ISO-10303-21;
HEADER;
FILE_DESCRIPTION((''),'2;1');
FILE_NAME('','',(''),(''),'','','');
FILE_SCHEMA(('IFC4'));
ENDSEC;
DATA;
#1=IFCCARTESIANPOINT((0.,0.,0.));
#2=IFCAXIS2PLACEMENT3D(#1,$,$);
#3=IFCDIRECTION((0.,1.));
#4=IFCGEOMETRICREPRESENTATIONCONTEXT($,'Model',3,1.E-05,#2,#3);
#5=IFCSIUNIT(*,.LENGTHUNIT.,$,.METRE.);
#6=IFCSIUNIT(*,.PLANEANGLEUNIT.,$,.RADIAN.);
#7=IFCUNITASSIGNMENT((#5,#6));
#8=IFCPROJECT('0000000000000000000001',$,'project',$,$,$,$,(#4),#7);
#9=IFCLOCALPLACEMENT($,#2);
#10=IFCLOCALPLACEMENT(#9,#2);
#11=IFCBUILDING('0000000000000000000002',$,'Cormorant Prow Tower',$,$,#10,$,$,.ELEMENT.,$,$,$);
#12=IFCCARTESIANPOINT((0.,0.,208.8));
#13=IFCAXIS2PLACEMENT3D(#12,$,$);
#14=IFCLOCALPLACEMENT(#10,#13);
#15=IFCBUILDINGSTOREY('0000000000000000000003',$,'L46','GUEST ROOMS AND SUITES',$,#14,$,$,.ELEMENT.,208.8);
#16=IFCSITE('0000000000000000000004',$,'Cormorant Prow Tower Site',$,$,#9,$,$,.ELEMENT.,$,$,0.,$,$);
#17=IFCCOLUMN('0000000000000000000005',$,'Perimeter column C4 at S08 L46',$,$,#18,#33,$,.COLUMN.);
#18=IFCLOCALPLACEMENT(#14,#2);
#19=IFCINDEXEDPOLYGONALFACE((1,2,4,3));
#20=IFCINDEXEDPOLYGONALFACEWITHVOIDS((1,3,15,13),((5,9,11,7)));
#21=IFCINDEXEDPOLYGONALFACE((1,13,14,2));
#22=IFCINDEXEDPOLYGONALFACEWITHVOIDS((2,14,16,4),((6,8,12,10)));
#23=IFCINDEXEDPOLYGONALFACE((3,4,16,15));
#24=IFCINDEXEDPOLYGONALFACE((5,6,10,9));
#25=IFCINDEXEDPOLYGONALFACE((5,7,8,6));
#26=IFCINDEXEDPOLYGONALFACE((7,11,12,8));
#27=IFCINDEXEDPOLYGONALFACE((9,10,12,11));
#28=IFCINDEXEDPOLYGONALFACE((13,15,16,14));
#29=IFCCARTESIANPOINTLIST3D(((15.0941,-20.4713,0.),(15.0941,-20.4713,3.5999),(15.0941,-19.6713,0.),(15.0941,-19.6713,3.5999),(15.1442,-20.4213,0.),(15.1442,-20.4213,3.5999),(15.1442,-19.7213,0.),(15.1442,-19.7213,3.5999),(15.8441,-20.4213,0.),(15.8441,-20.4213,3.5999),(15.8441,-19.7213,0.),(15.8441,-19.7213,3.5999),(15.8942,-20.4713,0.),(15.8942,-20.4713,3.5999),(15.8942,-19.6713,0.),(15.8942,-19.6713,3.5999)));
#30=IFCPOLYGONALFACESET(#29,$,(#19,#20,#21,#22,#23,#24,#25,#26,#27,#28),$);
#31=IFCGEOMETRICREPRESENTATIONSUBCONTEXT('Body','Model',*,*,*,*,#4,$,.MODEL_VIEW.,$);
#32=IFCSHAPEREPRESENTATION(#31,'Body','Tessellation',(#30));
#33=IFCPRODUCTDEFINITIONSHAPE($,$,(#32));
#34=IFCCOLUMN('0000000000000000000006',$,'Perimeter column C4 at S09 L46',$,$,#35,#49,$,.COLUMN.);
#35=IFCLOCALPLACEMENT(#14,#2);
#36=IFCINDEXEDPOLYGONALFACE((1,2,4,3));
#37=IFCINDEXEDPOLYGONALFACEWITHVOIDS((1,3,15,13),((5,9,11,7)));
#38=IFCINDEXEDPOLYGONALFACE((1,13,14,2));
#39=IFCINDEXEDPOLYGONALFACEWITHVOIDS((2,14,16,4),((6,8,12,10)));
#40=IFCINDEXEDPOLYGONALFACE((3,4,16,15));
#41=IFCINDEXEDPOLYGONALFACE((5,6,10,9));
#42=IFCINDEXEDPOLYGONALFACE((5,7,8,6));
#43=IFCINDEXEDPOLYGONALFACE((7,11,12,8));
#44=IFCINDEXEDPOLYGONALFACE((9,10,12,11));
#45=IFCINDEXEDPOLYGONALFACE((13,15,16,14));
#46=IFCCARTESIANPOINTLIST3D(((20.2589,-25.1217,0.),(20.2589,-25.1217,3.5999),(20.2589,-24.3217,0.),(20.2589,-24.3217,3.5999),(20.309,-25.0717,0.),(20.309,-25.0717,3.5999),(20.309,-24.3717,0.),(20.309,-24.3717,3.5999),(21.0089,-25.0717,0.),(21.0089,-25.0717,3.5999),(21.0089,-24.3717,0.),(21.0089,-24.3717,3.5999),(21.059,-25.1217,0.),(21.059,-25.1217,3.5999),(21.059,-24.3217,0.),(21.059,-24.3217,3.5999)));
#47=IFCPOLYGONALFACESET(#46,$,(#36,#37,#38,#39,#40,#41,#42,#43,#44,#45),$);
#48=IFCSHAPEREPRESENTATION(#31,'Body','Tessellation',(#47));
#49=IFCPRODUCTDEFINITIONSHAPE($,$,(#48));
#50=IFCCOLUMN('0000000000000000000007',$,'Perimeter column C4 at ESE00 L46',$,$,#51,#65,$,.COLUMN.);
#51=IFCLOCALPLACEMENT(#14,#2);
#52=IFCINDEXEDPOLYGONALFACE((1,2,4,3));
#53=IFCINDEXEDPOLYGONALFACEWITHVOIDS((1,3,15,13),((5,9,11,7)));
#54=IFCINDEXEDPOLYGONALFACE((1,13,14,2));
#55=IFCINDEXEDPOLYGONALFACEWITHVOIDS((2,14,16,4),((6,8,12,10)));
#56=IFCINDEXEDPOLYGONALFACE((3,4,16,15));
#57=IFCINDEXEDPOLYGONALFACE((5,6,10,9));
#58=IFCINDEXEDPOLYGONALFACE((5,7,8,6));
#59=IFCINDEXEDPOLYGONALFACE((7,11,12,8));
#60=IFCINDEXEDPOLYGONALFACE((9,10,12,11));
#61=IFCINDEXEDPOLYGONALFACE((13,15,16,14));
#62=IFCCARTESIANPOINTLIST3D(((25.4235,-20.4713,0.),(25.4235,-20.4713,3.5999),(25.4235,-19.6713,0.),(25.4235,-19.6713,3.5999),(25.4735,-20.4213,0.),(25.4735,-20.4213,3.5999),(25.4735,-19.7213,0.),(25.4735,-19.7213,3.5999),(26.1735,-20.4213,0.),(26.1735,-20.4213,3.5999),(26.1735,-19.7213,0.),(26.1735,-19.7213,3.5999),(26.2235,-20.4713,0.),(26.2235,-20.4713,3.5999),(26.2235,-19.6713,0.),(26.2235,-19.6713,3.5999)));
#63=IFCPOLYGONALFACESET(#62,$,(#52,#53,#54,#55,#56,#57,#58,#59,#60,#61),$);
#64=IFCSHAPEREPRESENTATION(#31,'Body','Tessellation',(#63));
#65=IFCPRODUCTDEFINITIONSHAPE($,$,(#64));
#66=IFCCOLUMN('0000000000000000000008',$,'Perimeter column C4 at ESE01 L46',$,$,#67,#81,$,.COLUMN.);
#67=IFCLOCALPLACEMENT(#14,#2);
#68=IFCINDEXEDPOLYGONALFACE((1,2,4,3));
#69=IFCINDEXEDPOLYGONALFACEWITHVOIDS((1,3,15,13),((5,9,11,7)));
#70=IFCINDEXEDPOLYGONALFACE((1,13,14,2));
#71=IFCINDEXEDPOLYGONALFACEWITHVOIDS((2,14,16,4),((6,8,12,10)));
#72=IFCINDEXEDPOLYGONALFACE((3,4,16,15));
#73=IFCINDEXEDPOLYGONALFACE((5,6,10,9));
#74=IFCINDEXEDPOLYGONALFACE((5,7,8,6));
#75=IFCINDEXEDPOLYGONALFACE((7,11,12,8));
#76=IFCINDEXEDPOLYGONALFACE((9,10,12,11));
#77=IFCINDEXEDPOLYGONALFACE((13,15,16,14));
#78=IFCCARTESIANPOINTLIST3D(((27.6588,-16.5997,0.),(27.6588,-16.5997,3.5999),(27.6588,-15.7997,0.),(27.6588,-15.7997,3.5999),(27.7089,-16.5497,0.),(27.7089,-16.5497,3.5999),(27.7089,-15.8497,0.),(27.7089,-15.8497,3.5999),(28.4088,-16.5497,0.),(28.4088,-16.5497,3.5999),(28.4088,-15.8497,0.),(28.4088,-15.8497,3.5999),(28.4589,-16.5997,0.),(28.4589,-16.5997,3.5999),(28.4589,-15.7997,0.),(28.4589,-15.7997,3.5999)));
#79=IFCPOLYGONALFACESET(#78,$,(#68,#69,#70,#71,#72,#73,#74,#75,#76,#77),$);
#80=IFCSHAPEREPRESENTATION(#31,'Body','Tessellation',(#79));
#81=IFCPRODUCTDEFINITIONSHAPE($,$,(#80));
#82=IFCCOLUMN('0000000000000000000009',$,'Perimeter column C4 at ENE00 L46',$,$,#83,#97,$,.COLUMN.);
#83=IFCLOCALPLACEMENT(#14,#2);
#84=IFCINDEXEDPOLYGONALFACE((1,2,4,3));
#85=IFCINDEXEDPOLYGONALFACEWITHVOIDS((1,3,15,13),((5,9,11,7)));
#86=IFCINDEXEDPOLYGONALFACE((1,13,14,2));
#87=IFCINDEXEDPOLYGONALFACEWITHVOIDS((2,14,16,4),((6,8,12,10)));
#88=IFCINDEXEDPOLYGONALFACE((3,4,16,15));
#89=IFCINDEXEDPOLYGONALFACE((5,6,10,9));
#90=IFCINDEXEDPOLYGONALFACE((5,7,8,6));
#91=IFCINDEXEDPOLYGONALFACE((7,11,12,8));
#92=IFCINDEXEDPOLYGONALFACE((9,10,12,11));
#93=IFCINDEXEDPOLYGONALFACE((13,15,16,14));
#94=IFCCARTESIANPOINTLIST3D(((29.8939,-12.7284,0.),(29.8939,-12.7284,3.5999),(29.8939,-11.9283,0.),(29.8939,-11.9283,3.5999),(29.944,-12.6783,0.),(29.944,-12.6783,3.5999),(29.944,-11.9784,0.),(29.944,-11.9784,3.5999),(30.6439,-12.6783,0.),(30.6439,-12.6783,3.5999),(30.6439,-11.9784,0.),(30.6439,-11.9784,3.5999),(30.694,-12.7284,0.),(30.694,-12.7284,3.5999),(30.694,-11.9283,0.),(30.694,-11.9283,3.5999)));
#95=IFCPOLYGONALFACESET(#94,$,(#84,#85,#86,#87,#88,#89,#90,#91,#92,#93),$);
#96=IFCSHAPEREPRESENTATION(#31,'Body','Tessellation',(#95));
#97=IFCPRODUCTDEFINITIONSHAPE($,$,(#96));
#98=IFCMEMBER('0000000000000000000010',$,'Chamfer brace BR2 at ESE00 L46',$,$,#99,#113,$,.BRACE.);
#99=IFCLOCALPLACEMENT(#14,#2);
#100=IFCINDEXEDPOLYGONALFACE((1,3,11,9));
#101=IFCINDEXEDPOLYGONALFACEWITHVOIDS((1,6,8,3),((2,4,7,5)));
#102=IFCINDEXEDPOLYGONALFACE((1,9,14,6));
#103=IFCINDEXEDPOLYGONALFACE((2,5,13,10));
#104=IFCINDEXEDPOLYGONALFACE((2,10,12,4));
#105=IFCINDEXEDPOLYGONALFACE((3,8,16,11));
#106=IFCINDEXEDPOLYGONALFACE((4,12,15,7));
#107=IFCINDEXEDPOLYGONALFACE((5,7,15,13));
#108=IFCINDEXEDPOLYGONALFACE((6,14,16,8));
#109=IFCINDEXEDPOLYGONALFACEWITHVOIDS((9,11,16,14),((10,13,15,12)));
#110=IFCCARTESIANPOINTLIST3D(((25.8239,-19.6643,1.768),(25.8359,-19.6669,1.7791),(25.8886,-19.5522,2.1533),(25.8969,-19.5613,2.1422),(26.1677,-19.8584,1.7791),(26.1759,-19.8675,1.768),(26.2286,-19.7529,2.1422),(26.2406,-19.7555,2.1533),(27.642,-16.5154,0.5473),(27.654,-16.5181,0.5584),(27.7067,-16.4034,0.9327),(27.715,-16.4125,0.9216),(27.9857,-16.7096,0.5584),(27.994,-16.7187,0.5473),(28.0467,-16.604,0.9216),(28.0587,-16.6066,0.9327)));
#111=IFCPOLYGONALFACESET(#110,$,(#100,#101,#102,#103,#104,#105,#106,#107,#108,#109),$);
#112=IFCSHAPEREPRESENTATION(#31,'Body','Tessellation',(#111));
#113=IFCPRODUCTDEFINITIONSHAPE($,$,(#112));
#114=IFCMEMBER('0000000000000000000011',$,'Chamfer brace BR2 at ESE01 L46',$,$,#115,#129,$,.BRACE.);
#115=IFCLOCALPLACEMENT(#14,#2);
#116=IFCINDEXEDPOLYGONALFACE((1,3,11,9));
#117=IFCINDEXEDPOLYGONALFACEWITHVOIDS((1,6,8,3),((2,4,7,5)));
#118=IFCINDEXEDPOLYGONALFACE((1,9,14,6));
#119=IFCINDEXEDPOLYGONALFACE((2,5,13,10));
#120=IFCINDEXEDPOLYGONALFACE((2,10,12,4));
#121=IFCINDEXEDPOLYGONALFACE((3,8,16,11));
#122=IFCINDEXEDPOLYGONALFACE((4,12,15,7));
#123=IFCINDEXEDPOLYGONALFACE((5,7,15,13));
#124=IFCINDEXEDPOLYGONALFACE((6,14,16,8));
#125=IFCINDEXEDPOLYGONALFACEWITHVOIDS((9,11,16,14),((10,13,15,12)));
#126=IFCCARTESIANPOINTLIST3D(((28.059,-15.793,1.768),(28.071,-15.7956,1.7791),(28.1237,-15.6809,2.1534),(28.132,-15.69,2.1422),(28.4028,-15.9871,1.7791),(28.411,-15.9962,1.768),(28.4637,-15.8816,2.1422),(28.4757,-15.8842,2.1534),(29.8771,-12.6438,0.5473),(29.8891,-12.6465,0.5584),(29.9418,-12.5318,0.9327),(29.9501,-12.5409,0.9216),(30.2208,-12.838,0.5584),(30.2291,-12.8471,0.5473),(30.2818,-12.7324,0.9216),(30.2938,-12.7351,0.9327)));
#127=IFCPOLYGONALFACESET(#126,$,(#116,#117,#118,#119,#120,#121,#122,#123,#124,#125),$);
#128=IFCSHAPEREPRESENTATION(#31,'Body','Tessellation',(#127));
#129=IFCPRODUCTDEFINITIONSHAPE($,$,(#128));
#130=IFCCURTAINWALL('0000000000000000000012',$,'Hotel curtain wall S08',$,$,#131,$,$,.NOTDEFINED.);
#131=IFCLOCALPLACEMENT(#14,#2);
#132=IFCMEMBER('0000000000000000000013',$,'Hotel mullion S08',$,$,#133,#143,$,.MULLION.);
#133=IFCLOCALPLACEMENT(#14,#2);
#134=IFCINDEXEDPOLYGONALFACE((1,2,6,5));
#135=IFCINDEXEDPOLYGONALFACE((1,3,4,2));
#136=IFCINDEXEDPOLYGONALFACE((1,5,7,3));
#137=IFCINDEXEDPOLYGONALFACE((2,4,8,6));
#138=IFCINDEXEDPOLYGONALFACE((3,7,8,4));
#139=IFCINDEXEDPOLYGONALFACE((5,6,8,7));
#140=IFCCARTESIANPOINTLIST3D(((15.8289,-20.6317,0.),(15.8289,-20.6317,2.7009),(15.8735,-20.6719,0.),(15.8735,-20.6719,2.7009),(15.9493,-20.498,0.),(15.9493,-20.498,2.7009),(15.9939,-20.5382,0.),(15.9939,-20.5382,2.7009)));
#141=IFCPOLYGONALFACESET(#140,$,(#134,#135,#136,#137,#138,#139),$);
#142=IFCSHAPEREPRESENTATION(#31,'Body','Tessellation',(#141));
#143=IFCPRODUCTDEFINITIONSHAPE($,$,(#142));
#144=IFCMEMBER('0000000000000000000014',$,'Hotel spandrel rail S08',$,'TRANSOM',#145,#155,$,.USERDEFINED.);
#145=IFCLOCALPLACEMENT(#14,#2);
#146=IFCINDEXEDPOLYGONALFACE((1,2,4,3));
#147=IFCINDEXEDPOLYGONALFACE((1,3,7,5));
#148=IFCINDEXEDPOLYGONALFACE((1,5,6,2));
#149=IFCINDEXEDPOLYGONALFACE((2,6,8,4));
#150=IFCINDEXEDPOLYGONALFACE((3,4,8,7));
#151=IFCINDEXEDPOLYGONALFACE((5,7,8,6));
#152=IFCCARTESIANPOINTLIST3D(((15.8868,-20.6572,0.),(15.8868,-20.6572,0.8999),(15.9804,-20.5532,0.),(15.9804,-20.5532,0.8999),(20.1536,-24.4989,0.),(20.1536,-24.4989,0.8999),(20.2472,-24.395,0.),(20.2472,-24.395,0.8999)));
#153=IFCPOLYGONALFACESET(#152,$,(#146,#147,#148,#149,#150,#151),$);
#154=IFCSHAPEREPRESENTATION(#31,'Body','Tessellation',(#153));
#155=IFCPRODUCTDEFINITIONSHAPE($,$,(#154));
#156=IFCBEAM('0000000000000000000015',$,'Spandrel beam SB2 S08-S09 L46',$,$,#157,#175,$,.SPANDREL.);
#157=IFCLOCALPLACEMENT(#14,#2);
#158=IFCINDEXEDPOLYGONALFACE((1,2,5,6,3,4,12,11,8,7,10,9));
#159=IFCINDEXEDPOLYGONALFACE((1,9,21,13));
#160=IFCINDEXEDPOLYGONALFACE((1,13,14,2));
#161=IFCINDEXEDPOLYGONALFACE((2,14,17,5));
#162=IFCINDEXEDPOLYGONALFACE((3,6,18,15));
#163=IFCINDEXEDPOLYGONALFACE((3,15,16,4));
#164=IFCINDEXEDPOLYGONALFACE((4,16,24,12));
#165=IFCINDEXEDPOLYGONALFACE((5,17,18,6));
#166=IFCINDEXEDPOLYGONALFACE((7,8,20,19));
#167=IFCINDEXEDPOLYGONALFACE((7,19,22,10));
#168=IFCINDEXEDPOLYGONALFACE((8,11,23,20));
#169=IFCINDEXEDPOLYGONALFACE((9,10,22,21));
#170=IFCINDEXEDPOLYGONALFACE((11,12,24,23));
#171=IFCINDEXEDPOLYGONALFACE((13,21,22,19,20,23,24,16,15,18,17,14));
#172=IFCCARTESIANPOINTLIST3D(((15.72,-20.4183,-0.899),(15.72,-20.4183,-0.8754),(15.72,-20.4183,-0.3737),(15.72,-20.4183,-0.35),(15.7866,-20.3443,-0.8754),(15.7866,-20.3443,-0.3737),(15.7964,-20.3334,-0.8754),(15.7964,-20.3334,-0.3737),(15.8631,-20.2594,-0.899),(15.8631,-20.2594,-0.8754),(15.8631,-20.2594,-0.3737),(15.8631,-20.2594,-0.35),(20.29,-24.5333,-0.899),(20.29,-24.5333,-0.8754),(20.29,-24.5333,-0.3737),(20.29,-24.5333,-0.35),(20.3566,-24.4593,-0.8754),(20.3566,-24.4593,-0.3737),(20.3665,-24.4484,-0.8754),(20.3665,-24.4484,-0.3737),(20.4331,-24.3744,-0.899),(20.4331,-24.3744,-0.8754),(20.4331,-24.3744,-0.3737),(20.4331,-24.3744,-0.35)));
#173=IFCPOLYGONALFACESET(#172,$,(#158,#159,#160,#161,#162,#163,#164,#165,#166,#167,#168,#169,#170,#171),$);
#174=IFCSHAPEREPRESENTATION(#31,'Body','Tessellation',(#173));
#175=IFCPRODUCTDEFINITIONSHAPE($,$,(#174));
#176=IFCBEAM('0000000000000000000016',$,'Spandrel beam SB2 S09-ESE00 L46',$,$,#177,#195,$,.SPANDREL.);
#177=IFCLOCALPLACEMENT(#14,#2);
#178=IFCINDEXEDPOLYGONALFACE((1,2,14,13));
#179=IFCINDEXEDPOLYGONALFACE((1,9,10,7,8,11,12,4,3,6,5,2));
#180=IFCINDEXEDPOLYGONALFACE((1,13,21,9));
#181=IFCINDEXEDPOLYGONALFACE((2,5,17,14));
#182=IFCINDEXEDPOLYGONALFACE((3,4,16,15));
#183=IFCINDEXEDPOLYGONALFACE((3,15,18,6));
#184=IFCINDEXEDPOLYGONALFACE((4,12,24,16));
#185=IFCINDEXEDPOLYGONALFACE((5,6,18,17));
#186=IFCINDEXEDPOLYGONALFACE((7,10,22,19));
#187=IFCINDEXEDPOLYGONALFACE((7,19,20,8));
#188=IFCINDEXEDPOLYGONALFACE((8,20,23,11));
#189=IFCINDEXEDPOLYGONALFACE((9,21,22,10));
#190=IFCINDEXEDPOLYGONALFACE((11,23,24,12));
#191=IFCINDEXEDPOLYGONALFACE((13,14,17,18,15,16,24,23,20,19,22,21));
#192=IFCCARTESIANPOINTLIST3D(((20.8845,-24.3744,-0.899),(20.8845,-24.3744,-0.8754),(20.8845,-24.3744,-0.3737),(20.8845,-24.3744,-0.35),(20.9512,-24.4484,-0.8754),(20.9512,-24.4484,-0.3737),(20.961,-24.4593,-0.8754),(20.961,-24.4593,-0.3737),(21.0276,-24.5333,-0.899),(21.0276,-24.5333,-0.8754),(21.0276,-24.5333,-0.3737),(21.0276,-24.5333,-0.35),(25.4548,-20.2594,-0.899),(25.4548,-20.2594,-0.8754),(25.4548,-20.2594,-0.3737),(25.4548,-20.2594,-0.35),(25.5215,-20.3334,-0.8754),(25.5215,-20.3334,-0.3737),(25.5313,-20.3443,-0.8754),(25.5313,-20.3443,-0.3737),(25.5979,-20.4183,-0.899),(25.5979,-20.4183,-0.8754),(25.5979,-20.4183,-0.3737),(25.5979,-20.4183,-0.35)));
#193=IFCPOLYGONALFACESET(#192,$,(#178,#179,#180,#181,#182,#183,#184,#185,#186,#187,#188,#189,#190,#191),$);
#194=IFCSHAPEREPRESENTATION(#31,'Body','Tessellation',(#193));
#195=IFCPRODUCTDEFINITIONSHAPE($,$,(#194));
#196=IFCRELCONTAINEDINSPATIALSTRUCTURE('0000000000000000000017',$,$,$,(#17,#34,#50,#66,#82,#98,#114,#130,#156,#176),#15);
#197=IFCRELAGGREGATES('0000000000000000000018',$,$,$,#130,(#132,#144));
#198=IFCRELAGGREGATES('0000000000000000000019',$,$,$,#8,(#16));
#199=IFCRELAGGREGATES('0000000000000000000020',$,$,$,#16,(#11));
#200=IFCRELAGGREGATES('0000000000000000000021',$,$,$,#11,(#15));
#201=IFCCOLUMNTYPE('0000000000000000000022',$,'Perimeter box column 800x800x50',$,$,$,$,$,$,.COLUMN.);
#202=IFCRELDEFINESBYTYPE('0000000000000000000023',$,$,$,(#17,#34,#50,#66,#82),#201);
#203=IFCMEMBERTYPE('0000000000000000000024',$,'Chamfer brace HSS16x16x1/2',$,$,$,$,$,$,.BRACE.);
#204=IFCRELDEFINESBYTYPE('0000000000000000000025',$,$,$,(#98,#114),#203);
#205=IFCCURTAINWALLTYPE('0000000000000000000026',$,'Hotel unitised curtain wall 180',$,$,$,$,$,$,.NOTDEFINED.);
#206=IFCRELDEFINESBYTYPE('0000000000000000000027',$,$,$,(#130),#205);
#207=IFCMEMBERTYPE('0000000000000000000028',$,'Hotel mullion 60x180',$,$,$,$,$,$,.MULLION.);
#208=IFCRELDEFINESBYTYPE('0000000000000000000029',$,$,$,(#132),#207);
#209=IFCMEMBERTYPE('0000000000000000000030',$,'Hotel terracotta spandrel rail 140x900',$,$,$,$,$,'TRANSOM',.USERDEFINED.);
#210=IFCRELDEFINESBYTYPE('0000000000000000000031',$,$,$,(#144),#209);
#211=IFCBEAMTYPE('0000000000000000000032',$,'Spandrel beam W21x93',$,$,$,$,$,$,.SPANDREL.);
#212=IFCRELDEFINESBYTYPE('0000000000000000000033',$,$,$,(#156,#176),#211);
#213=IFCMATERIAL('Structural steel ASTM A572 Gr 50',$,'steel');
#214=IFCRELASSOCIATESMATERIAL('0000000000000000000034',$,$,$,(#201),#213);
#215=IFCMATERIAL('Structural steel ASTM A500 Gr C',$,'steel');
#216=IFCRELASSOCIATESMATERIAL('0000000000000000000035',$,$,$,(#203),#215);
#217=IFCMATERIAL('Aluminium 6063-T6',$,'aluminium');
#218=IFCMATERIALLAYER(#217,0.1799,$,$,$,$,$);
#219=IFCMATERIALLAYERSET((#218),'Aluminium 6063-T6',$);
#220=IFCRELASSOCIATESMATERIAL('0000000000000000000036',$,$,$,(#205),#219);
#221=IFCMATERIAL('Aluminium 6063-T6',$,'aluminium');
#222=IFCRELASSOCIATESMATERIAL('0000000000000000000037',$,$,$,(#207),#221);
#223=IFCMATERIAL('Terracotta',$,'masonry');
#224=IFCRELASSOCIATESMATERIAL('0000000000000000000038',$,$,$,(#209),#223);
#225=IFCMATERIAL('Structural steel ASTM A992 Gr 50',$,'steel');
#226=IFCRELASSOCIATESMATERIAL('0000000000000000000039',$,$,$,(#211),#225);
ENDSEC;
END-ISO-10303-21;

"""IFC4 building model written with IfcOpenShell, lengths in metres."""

from ifc_helpers import new_model, si_unit, direction, frame, origin, origin_2d, place, context, subcontext, project, spatial, rectangle, hollow_rectangle, i_section, extrude, material, layer, layer_set, material_profile, profile_set, type_object, element, aggregate, save


model = new_model("IFC4")

# Units and contexts
model_context = context("Model", 3, precision=1e-05, world=origin(), true_north=direction((0.0, 1.0)))
body_context = subcontext(model_context, "Body", "Model", "MODEL_VIEW")
ifc_project = project(units=[si_unit("LENGTHUNIT", "METRE"), si_unit("PLANEANGLEUNIT", "RADIAN")], contexts=[model_context])

# Site, building, storey
site_placement = place(None, origin())
site = spatial("IfcSite", under=ifc_project, at=site_placement, Name="Cormorant Prow Tower Site", CompositionType="ELEMENT", RefElevation=0.0)
building_placement = place(site_placement, origin())
building = spatial("IfcBuilding", under=site, at=building_placement, Name="Cormorant Prow Tower", CompositionType="ELEMENT")
storey_placement = place(building_placement, frame((0.0, 0.0, 208.8)))
storey = spatial("IfcBuildingStorey", under=building, at=storey_placement, Name="L46", Description="GUEST ROOMS AND SUITES", CompositionType="ELEMENT", Elevation=208.8)

# Columns
ifc_material_1 = material(Name="Structural steel ASTM A572 Gr 50", Category="steel")
ifc_material_profile_1 = material_profile(ifc_material_1, hollow_rectangle(XDim=0.8, YDim=0.8, WallThickness=0.05, at=origin_2d()), Name="Box 800x800x50")
ifc_profile_set_1 = profile_set([ifc_material_profile_1], Name="Structural steel ASTM A572 Gr 50")
column_type = type_object("IfcColumnType", Name="Perimeter box column 800x800x50", PredefinedType="COLUMN", material=ifc_profile_set_1)
for number, where, z_axis, x_axis, name in (
    (1, (15.4941, -20.0713, 0.0), (0.0, 0.0, 1.0), (1.0, 0.0, 0.0), "Perimeter column C4 at S08 L46"),
    (2, (20.6589, -24.7217, 0.0), (0.0, 0.0, 1.0), (1.0, 0.0, 0.0), "Perimeter column C4 at S09 L46"),
    (3, (25.8235, -20.0713, 0.0), (0.0, 0.0, 1.0), (1.0, 0.0, 0.0), "Perimeter column C4 at ESE00 L46"),
    (4, (28.0588, -16.1997, 0.0), (0.0, 0.0, 1.0), (1.0, 0.0, 0.0), "Perimeter column C4 at ESE01 L46"),
    (5, (30.2939, -12.3284, 0.0), (0.0, 0.0, 1.0), (1.0, 0.0, 0.0), "Perimeter column C4 at ENE00 L46"),
):
    element("IfcColumn", number, at=place(storey_placement, frame(where, z_axis=z_axis, x_axis=x_axis)), inside=storey, type_object=column_type, Name=name, PredefinedType="COLUMN", context=body_context, shape_type="SweptSolid", body=[
        extrude(hollow_rectangle(XDim=0.8, YDim=0.8, WallThickness=0.05, at=origin_2d()), origin(), (0.0, 0.0, 1.0), 3.5999),
    ])

# Members
ifc_material_2 = material(Name="Structural steel ASTM A500 Gr C", Category="steel")
ifc_material_profile_2 = material_profile(ifc_material_2, hollow_rectangle(XDim=0.4065, YDim=0.4065, WallThickness=0.0117, at=origin_2d()), Name="HSS16x16x1/2")
ifc_profile_set_2 = profile_set([ifc_material_profile_2], Name="Structural steel ASTM A500 Gr C")
member_type_1 = type_object("IfcMemberType", Name="Chamfer brace HSS16x16x1/2", PredefinedType="BRACE", material=ifc_profile_set_2)
member_1_placement = place(storey_placement, frame((27.8503, -16.561, 0.74), z_axis=(-0.474018, -0.820986, 0.318261), x_axis=(0.866016, -0.500017, 0.0)))
element("IfcMember", 6, at=member_1_placement, inside=storey, type_object=member_type_1, Name="Chamfer brace BR2 at ESE00 L46", PredefinedType="BRACE", context=body_context, shape_type="SweptSolid", body=[
    extrude(hollow_rectangle(XDim=0.4065, YDim=0.4065, WallThickness=0.0117, at=origin_2d()), origin(), (0.0, 0.0, 1.0), 3.8354),
])
member_2_placement = place(storey_placement, frame((30.0854, -12.6895, 0.74), z_axis=(-0.473993, -0.821006, 0.318244), x_axis=(0.866032, -0.499988, 0.0)))
element("IfcMember", 7, at=member_2_placement, inside=storey, type_object=member_type_1, Name="Chamfer brace BR2 at ESE01 L46", PredefinedType="BRACE", context=body_context, shape_type="SweptSolid", body=[
    extrude(hollow_rectangle(XDim=0.4065, YDim=0.4065, WallThickness=0.0117, at=origin_2d()), origin(), (0.0, 0.0, 1.0), 3.8357),
])

# Curtain wall, members
ifc_material_3 = material(Name="Aluminium 6063-T6", Category="aluminium")
ifc_layer_1 = layer(ifc_material_3, 0.1799)
ifc_layer_set_1 = layer_set([ifc_layer_1], Name="Aluminium 6063-T6")
curtain_wall_type = type_object("IfcCurtainWallType", Name="Hotel unitised curtain wall 180", PredefinedType="NOTDEFINED", material=ifc_layer_set_1)
curtain_wall_placement = place(storey_placement, origin())
curtain_wall = element("IfcCurtainWall", 8, at=curtain_wall_placement, inside=storey, type_object=curtain_wall_type, Name="Hotel curtain wall S08", PredefinedType="NOTDEFINED")
ifc_material_4 = material(Name="Aluminium 6063-T6", Category="aluminium")
ifc_material_profile_3 = material_profile(ifc_material_4, rectangle(XDim=0.1799, YDim=0.0601, at=origin_2d()), Name="Hotel mullion 60x180")
ifc_profile_set_3 = profile_set([ifc_material_profile_3], Name="Aluminium 6063-T6")
member_type_2 = type_object("IfcMemberType", Name="Hotel mullion 60x180", PredefinedType="MULLION", material=ifc_profile_set_3)
member_3_placement = place(storey_placement, frame((15.9114, -20.585, 0.0), z_axis=(0.0, 0.0, 1.0), x_axis=(0.669131, 0.743145, 0.0)))
member_3 = element("IfcMember", 9, at=member_3_placement, type_object=member_type_2, Name="Hotel mullion S08", PredefinedType="MULLION", context=body_context, shape_type="SweptSolid", body=[
    extrude(rectangle(XDim=0.1799, YDim=0.0601, at=origin_2d()), origin(), (0.0, 0.0, 1.0), 2.7009),
])
ifc_material_5 = material(Name="Terracotta", Category="masonry")
ifc_material_profile_4 = material_profile(ifc_material_5, rectangle(XDim=0.1399, YDim=0.8999, at=origin_2d()), Name="Hotel terracotta spandrel rail 140x900")
ifc_profile_set_4 = profile_set([ifc_material_profile_4], Name="Terracotta")
member_type_3 = type_object("IfcMemberType", Name="Hotel terracotta spandrel rail 140x900", ElementType="TRANSOM", PredefinedType="USERDEFINED", material=ifc_profile_set_4)
member_4_placement = place(storey_placement, frame((15.9336, -20.6052, 0.45), z_axis=(0.743152, -0.669122, 0.0), x_axis=(0.669122, 0.743152, 0.0)))
member_4 = element("IfcMember", 10, at=member_4_placement, type_object=member_type_3, Name="Hotel spandrel rail S08", ObjectType="TRANSOM", PredefinedType="USERDEFINED", context=body_context, shape_type="SweptSolid", body=[
    extrude(rectangle(XDim=0.1399, YDim=0.8999, at=origin_2d()), origin(), (0.0, 0.0, 1.0), 5.7415),
])

# Beams
ifc_material_6 = material(Name="Structural steel ASTM A992 Gr 50", Category="steel")
ifc_material_profile_5 = material_profile(ifc_material_6, i_section(OverallWidth=0.2139, OverallDepth=0.5491, WebThickness=0.0146, FlangeThickness=0.0237, at=origin_2d()), Name="W21x93")
ifc_profile_set_5 = profile_set([ifc_material_profile_5], Name="Structural steel ASTM A992 Gr 50")
beam_type = type_object("IfcBeamType", Name="Spandrel beam W21x93", PredefinedType="SPANDREL", material=ifc_profile_set_5)
beam_1_placement = place(storey_placement, frame((15.7915, -20.3389, -0.6245), z_axis=(0.743138, -0.669138, 0.0), x_axis=(0.669138, 0.743138, 0.0)))
element("IfcBeam", 11, at=beam_1_placement, inside=storey, type_object=beam_type, Name="Spandrel beam SB2 S08-S09 L46", PredefinedType="SPANDREL", context=body_context, shape_type="SweptSolid", body=[
    extrude(i_section(OverallWidth=0.2139, OverallDepth=0.5491, WebThickness=0.0146, FlangeThickness=0.0237, at=origin_2d()), origin(), (0.0, 0.0, 1.0), 6.1497),
])
beam_2_placement = place(storey_placement, frame((20.9561, -24.4539, -0.6245), z_axis=(0.743156, 0.669118, 0.0), x_axis=(-0.669118, 0.743156, 0.0)))
element("IfcBeam", 12, at=beam_2_placement, inside=storey, type_object=beam_type, Name="Spandrel beam SB2 S09-ESE00 L46", PredefinedType="SPANDREL", context=body_context, shape_type="SweptSolid", body=[
    extrude(i_section(OverallWidth=0.2139, OverallDepth=0.5491, WebThickness=0.0146, FlangeThickness=0.0237, at=origin_2d()), origin(), (0.0, 0.0, 1.0), 6.1499),
])

aggregate(curtain_wall, [member_3, member_4])

save(model, "model.ifc")
